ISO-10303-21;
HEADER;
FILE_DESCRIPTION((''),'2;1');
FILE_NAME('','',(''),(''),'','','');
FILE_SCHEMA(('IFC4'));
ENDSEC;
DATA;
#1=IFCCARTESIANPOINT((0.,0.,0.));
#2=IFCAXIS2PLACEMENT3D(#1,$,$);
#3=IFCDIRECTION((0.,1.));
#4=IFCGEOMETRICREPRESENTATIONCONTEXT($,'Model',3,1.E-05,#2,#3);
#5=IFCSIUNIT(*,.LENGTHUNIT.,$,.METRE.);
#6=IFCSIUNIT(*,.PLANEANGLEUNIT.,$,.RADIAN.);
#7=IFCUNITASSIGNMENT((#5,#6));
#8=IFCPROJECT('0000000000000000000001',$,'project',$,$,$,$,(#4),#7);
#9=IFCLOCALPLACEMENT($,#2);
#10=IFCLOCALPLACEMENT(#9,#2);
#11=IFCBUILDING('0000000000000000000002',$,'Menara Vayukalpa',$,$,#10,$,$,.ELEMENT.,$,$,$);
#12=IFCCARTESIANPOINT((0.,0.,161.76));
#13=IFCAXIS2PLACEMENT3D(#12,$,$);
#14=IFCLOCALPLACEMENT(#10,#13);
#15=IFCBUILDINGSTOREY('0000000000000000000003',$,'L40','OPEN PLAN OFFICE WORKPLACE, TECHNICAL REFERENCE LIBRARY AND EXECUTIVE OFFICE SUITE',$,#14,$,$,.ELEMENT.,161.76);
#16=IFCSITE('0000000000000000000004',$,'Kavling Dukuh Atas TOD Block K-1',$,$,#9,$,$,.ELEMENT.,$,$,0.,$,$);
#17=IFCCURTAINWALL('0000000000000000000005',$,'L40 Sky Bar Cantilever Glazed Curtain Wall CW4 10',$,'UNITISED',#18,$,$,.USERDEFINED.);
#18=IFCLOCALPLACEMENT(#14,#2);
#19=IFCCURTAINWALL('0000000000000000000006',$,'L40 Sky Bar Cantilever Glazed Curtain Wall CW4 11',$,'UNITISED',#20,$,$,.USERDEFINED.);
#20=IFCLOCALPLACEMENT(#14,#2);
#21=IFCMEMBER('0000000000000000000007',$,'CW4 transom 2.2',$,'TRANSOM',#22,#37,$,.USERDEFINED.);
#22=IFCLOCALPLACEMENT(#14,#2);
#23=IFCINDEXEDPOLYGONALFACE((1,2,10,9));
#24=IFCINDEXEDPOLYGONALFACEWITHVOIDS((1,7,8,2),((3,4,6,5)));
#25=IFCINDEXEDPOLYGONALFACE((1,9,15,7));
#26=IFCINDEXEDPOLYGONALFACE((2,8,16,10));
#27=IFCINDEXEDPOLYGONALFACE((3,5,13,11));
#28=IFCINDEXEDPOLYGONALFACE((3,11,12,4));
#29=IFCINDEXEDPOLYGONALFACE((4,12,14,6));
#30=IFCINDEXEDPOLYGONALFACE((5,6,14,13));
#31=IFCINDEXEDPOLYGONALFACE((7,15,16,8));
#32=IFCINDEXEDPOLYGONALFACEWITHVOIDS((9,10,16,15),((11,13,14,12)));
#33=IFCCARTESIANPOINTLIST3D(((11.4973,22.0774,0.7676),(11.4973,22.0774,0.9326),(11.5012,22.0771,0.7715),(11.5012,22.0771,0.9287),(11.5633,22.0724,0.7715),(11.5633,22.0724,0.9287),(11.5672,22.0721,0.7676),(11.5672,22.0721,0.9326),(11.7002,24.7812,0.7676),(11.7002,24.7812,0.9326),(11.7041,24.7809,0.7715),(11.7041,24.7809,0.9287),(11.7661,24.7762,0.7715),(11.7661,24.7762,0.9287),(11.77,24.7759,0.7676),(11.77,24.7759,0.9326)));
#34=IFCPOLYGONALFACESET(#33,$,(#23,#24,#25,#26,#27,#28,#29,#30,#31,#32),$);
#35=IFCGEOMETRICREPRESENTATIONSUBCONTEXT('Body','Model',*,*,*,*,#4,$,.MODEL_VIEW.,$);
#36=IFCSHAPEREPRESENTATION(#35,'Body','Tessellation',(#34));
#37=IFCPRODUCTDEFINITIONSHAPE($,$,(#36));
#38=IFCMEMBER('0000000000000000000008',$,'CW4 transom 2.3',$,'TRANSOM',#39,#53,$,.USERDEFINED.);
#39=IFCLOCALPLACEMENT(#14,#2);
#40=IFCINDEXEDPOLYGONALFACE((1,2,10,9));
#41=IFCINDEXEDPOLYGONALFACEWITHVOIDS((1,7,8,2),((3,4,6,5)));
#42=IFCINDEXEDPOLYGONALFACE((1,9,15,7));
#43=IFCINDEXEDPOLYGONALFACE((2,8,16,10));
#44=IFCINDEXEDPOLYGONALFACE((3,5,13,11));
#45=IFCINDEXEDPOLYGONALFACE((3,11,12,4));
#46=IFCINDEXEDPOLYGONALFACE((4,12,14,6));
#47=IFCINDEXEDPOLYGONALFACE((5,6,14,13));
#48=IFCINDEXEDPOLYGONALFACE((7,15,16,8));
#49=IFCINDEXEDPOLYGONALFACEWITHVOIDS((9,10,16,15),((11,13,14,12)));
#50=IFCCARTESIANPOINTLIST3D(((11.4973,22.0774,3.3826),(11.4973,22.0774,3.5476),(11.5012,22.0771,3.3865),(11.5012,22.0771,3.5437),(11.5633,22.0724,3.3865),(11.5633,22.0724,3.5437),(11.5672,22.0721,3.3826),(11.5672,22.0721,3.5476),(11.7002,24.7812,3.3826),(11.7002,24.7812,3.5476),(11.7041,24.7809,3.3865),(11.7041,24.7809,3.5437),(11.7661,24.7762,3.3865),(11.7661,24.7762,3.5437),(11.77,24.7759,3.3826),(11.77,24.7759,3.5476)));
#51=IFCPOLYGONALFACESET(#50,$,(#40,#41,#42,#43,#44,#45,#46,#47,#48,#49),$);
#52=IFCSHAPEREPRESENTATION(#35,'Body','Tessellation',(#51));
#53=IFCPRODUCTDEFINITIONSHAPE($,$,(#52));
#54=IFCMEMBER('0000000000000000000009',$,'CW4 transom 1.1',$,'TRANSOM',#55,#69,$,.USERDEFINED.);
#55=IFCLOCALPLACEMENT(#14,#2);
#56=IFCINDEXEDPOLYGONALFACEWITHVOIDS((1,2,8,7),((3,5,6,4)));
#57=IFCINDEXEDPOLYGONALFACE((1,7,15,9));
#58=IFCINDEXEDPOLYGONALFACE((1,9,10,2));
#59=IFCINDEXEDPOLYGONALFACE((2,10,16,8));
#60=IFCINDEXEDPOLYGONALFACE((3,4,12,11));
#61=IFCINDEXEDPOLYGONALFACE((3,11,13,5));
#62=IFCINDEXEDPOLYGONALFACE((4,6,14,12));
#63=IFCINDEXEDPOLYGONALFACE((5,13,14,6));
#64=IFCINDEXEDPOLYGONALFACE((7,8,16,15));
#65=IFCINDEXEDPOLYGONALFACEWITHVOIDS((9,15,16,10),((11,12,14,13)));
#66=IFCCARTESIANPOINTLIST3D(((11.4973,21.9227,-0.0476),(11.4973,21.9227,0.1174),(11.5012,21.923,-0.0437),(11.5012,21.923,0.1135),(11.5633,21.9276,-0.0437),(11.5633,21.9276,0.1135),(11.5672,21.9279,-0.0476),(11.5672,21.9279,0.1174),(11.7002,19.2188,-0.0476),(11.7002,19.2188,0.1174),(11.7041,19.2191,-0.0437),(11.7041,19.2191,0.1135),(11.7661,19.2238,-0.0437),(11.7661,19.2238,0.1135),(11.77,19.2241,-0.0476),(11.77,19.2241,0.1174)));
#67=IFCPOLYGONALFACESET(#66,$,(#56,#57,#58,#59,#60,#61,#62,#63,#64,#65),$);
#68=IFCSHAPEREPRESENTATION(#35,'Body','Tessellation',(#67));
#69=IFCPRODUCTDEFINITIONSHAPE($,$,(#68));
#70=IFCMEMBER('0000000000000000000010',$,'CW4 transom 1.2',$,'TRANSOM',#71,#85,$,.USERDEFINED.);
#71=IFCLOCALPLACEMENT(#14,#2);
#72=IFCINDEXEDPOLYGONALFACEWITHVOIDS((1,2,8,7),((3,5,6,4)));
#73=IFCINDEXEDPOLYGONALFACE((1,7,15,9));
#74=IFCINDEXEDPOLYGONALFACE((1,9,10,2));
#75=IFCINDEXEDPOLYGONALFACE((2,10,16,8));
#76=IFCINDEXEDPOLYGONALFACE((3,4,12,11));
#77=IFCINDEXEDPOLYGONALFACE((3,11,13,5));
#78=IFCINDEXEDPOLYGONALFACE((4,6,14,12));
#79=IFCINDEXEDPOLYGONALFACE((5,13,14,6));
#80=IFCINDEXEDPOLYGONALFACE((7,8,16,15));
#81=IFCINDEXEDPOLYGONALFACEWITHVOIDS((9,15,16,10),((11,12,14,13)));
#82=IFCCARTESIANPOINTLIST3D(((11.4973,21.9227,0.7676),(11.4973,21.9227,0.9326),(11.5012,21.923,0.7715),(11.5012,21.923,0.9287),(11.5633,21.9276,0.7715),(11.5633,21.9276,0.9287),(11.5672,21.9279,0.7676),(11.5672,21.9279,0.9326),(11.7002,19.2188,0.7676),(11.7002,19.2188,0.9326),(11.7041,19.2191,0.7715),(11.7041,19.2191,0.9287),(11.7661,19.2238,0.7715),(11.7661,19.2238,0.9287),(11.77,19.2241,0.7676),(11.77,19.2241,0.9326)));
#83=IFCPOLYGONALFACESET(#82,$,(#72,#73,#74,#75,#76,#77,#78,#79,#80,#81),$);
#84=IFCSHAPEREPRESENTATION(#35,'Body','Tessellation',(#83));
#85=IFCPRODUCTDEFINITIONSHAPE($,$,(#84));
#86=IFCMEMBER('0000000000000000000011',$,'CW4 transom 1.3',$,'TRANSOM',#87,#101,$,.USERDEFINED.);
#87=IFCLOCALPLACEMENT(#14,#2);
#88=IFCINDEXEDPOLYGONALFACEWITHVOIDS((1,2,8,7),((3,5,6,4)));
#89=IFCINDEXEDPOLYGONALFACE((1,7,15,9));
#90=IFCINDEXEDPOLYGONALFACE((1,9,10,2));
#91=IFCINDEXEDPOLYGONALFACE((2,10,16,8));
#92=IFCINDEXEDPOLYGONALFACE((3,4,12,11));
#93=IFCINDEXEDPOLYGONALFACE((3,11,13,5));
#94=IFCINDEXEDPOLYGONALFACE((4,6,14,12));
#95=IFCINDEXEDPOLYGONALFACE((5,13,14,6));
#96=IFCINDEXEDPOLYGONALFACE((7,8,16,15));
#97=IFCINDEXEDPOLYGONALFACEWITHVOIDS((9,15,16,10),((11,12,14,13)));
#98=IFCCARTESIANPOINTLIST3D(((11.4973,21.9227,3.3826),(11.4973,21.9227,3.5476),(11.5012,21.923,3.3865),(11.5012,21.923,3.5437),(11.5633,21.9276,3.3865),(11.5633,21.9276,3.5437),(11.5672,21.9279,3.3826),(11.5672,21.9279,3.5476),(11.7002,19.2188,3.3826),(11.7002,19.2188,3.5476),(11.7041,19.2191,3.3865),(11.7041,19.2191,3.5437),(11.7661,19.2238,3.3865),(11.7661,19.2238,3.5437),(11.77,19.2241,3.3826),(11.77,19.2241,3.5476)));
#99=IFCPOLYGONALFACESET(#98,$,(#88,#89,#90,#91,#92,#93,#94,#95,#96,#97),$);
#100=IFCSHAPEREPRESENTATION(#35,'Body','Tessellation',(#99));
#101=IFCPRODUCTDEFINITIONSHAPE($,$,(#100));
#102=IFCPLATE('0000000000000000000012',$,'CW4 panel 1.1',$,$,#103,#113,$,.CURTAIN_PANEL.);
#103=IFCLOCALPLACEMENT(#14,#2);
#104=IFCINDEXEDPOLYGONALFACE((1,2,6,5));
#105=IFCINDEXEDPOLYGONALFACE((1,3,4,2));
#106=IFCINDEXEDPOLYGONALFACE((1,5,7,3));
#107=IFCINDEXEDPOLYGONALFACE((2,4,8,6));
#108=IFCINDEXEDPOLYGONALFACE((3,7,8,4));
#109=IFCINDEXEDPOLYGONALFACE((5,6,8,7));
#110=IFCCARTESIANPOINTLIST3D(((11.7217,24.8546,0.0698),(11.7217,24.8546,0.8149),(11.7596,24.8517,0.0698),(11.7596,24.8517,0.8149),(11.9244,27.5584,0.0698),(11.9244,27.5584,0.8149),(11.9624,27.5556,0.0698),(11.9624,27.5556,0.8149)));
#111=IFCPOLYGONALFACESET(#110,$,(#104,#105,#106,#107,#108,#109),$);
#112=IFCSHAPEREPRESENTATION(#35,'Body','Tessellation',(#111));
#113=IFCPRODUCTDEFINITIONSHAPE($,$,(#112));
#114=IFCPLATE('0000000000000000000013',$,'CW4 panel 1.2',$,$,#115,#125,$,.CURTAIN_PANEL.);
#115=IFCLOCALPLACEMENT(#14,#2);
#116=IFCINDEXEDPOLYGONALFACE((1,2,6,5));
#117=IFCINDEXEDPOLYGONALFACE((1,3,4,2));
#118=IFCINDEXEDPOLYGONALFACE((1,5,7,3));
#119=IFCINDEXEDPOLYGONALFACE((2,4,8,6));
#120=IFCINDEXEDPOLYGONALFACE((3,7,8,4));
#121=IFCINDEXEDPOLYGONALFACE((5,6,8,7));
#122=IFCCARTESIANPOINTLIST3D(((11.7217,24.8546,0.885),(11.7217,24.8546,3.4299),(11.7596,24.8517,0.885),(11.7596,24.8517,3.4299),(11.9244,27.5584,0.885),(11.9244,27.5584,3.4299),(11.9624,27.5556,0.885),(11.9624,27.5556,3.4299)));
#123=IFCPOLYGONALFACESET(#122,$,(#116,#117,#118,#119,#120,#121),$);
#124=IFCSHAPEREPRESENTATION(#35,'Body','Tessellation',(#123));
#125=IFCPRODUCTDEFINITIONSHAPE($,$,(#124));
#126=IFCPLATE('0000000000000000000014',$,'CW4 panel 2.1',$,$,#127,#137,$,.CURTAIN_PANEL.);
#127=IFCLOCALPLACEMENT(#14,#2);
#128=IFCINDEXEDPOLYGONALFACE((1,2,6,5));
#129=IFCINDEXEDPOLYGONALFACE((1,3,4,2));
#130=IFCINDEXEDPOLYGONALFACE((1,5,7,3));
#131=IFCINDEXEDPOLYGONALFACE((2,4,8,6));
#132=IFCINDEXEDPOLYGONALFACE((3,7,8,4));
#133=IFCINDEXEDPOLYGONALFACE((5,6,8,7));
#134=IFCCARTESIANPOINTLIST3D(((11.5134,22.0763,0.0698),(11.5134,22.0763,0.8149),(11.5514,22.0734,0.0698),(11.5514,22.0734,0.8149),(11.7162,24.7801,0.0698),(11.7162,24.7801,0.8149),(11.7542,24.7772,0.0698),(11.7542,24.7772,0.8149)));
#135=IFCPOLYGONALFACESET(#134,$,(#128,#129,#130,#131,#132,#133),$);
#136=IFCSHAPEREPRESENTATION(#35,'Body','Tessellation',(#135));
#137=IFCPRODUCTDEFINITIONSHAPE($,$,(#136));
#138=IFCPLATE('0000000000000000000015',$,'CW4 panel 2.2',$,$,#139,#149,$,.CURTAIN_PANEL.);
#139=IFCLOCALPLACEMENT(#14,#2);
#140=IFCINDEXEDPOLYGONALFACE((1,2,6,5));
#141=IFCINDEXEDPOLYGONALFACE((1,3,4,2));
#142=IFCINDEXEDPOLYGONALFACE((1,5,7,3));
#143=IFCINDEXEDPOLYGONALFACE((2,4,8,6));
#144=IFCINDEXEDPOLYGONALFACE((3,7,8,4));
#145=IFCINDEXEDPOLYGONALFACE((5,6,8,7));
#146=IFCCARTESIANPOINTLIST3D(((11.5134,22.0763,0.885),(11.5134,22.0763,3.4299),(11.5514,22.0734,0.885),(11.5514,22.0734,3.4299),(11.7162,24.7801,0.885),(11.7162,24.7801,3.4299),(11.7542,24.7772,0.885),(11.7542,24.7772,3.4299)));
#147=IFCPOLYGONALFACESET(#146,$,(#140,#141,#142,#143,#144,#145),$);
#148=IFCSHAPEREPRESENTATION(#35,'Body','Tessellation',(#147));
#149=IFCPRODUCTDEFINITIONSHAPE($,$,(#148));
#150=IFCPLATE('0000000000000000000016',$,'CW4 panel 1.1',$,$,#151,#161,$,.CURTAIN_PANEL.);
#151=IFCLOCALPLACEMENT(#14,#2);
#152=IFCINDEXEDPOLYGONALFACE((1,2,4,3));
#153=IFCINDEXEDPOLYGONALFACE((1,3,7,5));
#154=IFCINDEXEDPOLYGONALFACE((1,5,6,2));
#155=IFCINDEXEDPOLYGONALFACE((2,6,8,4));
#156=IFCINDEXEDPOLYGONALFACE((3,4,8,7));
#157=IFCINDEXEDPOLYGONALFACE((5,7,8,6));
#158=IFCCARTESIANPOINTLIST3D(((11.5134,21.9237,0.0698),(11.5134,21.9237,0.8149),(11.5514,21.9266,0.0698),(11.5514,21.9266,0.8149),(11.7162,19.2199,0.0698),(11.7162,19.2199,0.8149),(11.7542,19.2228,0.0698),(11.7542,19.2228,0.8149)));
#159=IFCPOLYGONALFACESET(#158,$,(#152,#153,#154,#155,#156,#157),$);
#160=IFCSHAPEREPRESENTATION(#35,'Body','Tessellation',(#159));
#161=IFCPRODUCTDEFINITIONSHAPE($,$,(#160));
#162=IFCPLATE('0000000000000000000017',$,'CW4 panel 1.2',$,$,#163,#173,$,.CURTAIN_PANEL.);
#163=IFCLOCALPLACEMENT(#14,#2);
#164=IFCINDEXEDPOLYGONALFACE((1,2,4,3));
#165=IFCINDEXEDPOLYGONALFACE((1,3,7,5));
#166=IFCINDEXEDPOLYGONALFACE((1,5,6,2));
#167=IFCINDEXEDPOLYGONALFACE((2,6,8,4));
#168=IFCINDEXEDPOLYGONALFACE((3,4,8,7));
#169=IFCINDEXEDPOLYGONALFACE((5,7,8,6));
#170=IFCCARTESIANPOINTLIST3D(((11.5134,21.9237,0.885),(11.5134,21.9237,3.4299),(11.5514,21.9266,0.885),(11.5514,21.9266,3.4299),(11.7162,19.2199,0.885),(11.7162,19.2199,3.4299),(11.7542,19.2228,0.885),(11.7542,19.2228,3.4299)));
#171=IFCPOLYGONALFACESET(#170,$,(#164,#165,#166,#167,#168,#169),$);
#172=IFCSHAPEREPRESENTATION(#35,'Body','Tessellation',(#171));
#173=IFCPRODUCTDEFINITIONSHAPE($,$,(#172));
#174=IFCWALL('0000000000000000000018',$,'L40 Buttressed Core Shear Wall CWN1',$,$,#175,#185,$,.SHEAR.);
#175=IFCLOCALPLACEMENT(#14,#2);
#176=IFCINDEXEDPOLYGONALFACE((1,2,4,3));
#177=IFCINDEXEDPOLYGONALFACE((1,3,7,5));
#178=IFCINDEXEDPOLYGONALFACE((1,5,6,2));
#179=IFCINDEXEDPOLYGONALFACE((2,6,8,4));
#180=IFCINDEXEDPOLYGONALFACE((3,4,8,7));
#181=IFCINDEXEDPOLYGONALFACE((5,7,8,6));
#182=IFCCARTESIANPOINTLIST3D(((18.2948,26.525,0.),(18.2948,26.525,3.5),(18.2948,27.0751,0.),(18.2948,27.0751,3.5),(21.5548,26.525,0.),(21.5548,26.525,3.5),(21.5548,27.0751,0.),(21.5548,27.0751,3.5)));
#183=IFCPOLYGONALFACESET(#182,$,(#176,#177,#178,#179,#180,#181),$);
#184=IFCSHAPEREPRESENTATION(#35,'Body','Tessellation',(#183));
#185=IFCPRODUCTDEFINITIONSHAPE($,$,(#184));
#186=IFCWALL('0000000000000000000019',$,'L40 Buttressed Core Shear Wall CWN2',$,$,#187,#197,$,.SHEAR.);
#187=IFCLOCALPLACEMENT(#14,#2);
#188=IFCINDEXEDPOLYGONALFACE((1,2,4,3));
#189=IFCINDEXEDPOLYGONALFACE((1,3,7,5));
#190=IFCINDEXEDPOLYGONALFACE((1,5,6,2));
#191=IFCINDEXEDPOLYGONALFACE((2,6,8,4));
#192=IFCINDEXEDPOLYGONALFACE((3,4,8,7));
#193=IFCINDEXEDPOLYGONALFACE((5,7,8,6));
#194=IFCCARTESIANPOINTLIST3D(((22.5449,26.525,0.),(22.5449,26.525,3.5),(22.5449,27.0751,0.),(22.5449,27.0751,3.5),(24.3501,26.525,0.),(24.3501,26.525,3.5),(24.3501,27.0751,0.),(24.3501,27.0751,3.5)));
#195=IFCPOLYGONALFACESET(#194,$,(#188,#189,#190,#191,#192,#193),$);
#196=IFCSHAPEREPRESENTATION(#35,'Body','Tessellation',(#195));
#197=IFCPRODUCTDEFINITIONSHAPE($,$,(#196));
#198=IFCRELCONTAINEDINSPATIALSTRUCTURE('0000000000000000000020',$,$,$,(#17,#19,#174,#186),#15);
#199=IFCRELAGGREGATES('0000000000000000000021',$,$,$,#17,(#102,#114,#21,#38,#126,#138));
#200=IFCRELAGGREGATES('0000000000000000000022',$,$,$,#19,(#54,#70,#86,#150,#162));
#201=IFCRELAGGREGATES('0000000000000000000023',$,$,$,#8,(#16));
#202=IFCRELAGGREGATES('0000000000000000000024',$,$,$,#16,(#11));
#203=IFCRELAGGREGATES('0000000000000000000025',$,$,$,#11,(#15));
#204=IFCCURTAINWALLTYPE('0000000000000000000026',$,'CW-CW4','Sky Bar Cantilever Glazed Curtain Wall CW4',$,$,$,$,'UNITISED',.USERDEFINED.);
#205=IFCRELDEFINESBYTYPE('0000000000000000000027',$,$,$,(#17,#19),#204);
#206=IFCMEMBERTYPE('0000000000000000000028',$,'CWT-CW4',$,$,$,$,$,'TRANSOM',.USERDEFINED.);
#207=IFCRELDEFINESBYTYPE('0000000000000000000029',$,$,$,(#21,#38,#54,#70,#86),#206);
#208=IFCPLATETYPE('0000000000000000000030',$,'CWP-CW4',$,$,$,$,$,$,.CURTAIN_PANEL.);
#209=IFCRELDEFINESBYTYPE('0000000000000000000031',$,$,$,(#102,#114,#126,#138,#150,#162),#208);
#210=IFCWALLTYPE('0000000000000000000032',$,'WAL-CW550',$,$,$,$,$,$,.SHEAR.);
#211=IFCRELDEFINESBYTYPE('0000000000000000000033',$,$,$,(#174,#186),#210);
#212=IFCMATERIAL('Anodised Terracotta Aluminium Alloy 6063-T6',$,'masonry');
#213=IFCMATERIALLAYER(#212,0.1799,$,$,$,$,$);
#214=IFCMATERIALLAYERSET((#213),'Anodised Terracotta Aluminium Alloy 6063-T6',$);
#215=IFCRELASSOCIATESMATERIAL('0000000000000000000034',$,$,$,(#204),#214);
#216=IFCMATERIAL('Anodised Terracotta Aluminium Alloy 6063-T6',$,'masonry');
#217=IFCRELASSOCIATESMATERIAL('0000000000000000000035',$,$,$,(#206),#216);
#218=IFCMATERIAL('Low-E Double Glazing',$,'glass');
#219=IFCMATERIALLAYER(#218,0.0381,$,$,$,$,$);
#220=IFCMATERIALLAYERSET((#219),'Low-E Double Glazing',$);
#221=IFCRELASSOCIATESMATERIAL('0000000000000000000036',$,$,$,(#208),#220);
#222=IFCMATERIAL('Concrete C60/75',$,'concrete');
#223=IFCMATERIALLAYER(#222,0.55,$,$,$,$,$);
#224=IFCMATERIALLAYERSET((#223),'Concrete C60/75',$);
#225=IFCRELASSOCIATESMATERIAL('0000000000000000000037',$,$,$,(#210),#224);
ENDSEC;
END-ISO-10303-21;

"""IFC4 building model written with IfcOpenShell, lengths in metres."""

from ifc_helpers import new_model, si_unit, direction, frame, frame_2d, origin, origin_2d, place, context, subcontext, project, spatial, rectangle, hollow_rectangle, extrude, material, layer, layer_set, material_profile, profile_set, type_object, element, aggregate, save


model = new_model("IFC4")

# Units and contexts
model_context = context("Model", 3, precision=1e-05, world=origin(), true_north=direction((0.0, 1.0)))
body_context = subcontext(model_context, "Body", "Model", "MODEL_VIEW")
ifc_project = project(units=[si_unit("LENGTHUNIT", "METRE"), si_unit("PLANEANGLEUNIT", "RADIAN")], contexts=[model_context])

# Site, building, storey
site_placement = place(None, origin())
site = spatial("IfcSite", under=ifc_project, at=site_placement, Name="Kavling Dukuh Atas TOD Block K-1", CompositionType="ELEMENT", RefElevation=0.0)
building_placement = place(site_placement, origin())
building = spatial("IfcBuilding", under=site, at=building_placement, Name="Menara Vayukalpa", CompositionType="ELEMENT")
storey_placement = place(building_placement, frame((0.0, 0.0, 161.76)))
storey = spatial("IfcBuildingStorey", under=building, at=storey_placement, Name="L40", Description="OPEN PLAN OFFICE WORKPLACE, TECHNICAL REFERENCE LIBRARY AND EXECUTIVE OFFICE SUITE", CompositionType="ELEMENT", Elevation=161.76)

# Curtain wall
ifc_material_1 = material(Name="Anodised Terracotta Aluminium Alloy 6063-T6", Category="masonry")
ifc_layer_1 = layer(ifc_material_1, 0.1799)
ifc_layer_set_1 = layer_set([ifc_layer_1], Name="Anodised Terracotta Aluminium Alloy 6063-T6")
curtain_wall_type = type_object("IfcCurtainWallType", Name="CW-CW4", Description="Sky Bar Cantilever Glazed Curtain Wall CW4", ElementType="UNITISED", PredefinedType="USERDEFINED", material=ifc_layer_set_1)
curtain_wall_1_placement = place(storey_placement, origin())
curtain_wall_1 = element("IfcCurtainWall", 1, at=curtain_wall_1_placement, inside=storey, type_object=curtain_wall_type, Name="L40 Sky Bar Cantilever Glazed Curtain Wall CW4 10", ObjectType="UNITISED", PredefinedType="USERDEFINED")

# Curtain wall
curtain_wall_2_placement = place(storey_placement, origin())
curtain_wall_2 = element("IfcCurtainWall", 2, at=curtain_wall_2_placement, inside=storey, type_object=curtain_wall_type, Name="L40 Sky Bar Cantilever Glazed Curtain Wall CW4 11", ObjectType="UNITISED", PredefinedType="USERDEFINED")

# Members
ifc_material_2 = material(Name="Anodised Terracotta Aluminium Alloy 6063-T6", Category="masonry")
ifc_material_profile_1 = material_profile(ifc_material_2, hollow_rectangle(XDim=0.0701, YDim=0.165, WallThickness=0.0039, at=origin_2d()), Name="ALU 70x165x4")
ifc_profile_set_1 = profile_set([ifc_material_profile_1], Name="Anodised Terracotta Aluminium Alloy 6063-T6")
member_type_1 = type_object("IfcMemberType", Name="CWT-CW4", ElementType="TRANSOM", PredefinedType="USERDEFINED", material=ifc_profile_set_1)
member_1_placement = place(storey_placement, frame((11.7351, 24.7786, 0.8501), z_axis=(-0.074824, -0.997197, 0.0), x_axis=(0.997197, -0.074824, 0.0)))
member_1 = element("IfcMember", 3, at=member_1_placement, type_object=member_type_1, Name="CW4 transom 2.2", ObjectType="TRANSOM", PredefinedType="USERDEFINED", context=body_context, shape_type="SweptSolid", body=[
    extrude(hollow_rectangle(XDim=0.0701, YDim=0.165, WallThickness=0.0039, at=origin_2d()), origin(), (0.0, 0.0, 1.0), 2.7114),
])
member_2_placement = place(storey_placement, frame((11.7351, 24.7786, 3.4651), z_axis=(-0.074824, -0.997197, 0.0), x_axis=(0.997197, -0.074824, 0.0)))
member_2 = element("IfcMember", 4, at=member_2_placement, type_object=member_type_1, Name="CW4 transom 2.3", ObjectType="TRANSOM", PredefinedType="USERDEFINED", context=body_context, shape_type="SweptSolid", body=[
    extrude(hollow_rectangle(XDim=0.0701, YDim=0.165, WallThickness=0.0039, at=origin_2d()), origin(), (0.0, 0.0, 1.0), 2.7114),
])
member_3_placement = place(storey_placement, frame((11.5322, 21.9253, 0.0349), z_axis=(0.074824, -0.997197, 0.0), x_axis=(0.997197, 0.074824, 0.0)))
member_3 = element("IfcMember", 5, at=member_3_placement, type_object=member_type_1, Name="CW4 transom 1.1", ObjectType="TRANSOM", PredefinedType="USERDEFINED", context=body_context, shape_type="SweptSolid", body=[
    extrude(hollow_rectangle(XDim=0.0701, YDim=0.165, WallThickness=0.0039, at=origin_2d()), origin(), (0.0, 0.0, 1.0), 2.7114),
])
member_4_placement = place(storey_placement, frame((11.5322, 21.9253, 0.8501), z_axis=(0.074824, -0.997197, 0.0), x_axis=(0.997197, 0.074824, 0.0)))
member_4 = element("IfcMember", 6, at=member_4_placement, type_object=member_type_1, Name="CW4 transom 1.2", ObjectType="TRANSOM", PredefinedType="USERDEFINED", context=body_context, shape_type="SweptSolid", body=[
    extrude(hollow_rectangle(XDim=0.0701, YDim=0.165, WallThickness=0.0039, at=origin_2d()), origin(), (0.0, 0.0, 1.0), 2.7114),
])
member_5_placement = place(storey_placement, frame((11.5322, 21.9253, 3.4651), z_axis=(0.074824, -0.997197, 0.0), x_axis=(0.997197, 0.074824, 0.0)))
member_5 = element("IfcMember", 7, at=member_5_placement, type_object=member_type_1, Name="CW4 transom 1.3", ObjectType="TRANSOM", PredefinedType="USERDEFINED", context=body_context, shape_type="SweptSolid", body=[
    extrude(hollow_rectangle(XDim=0.0701, YDim=0.165, WallThickness=0.0039, at=origin_2d()), origin(), (0.0, 0.0, 1.0), 2.7114),
])

# Plates
ifc_material_3 = material(Name="Low-E Double Glazing", Category="glass")
ifc_layer_2 = layer(ifc_material_3, 0.0381)
ifc_layer_set_2 = layer_set([ifc_layer_2], Name="Low-E Double Glazing")
plate_type = type_object("IfcPlateType", Name="CWP-CW4", PredefinedType="CURTAIN_PANEL", material=ifc_layer_set_2)
plate_1_placement = place(storey_placement, frame((11.842, 26.2051, 0.0698), z_axis=(0.0, 0.0, 1.0), x_axis=(-0.074793, -0.997199, 0.0)))
plate_1 = element("IfcPlate", 8, at=plate_1_placement, type_object=plate_type, Name="CW4 panel 1.1", PredefinedType="CURTAIN_PANEL", context=body_context, shape_type="SweptSolid", body=[
    extrude(rectangle(XDim=2.7114, YDim=0.0381, at=origin_2d()), origin(), (0.0, 0.0, 1.0), 0.7451),
])
plate_2_placement = place(storey_placement, frame((11.842, 26.2051, 0.885), z_axis=(0.0, 0.0, 1.0), x_axis=(-0.074793, -0.997199, 0.0)))
plate_2 = element("IfcPlate", 9, at=plate_2_placement, type_object=plate_type, Name="CW4 panel 1.2", PredefinedType="CURTAIN_PANEL", context=body_context, shape_type="SweptSolid", body=[
    extrude(rectangle(XDim=2.7114, YDim=0.0381, at=origin_2d()), origin(), (0.0, 0.0, 1.0), 2.5449),
])
plate_3_placement = place(storey_placement, frame((11.6338, 23.4268, 0.0698), z_axis=(0.0, 0.0, 1.0), x_axis=(-0.074793, -0.997199, 0.0)))
plate_3 = element("IfcPlate", 10, at=plate_3_placement, type_object=plate_type, Name="CW4 panel 2.1", PredefinedType="CURTAIN_PANEL", context=body_context, shape_type="SweptSolid", body=[
    extrude(rectangle(XDim=2.7114, YDim=0.0381, at=origin_2d()), origin(), (0.0, 0.0, 1.0), 0.7451),
])
plate_4_placement = place(storey_placement, frame((11.6338, 23.4268, 0.885), z_axis=(0.0, 0.0, 1.0), x_axis=(-0.074793, -0.997199, 0.0)))
plate_4 = element("IfcPlate", 11, at=plate_4_placement, type_object=plate_type, Name="CW4 panel 2.2", PredefinedType="CURTAIN_PANEL", context=body_context, shape_type="SweptSolid", body=[
    extrude(rectangle(XDim=2.7114, YDim=0.0381, at=origin_2d()), origin(), (0.0, 0.0, 1.0), 2.5449),
])
aggregate(curtain_wall_1, [plate_1, plate_2, member_1, member_2, plate_3, plate_4])
plate_5_placement = place(storey_placement, frame((11.6338, 20.5732, 0.0698), z_axis=(0.0, 0.0, 1.0), x_axis=(0.074793, -0.997199, 0.0)))
plate_5 = element("IfcPlate", 12, at=plate_5_placement, type_object=plate_type, Name="CW4 panel 1.1", PredefinedType="CURTAIN_PANEL", context=body_context, shape_type="SweptSolid", body=[
    extrude(rectangle(XDim=2.7114, YDim=0.0381, at=origin_2d()), origin(), (0.0, 0.0, 1.0), 0.7451),
])
plate_6_placement = place(storey_placement, frame((11.6338, 20.5732, 0.885), z_axis=(0.0, 0.0, 1.0), x_axis=(0.074793, -0.997199, 0.0)))
plate_6 = element("IfcPlate", 13, at=plate_6_placement, type_object=plate_type, Name="CW4 panel 1.2", PredefinedType="CURTAIN_PANEL", context=body_context, shape_type="SweptSolid", body=[
    extrude(rectangle(XDim=2.7114, YDim=0.0381, at=origin_2d()), origin(), (0.0, 0.0, 1.0), 2.5449),
])
aggregate(curtain_wall_2, [member_3, member_4, member_5, plate_5, plate_6])

# Walls
ifc_material_4 = material(Name="Concrete C60/75", Category="concrete")
ifc_layer_3 = layer(ifc_material_4, 0.55)
ifc_layer_set_3 = layer_set([ifc_layer_3], Name="Concrete C60/75")
wall_type_1 = type_object("IfcWallType", Name="WAL-CW550", PredefinedType="SHEAR", material=ifc_layer_set_3)
wall_1_placement = place(storey_placement, frame((18.2949, 26.8, 0.0), z_axis=(0.0, 0.0, 1.0), x_axis=(1.0, 0.0, 0.0)))
element("IfcWall", 14, at=wall_1_placement, inside=storey, type_object=wall_type_1, Name="L40 Buttressed Core Shear Wall CWN1", PredefinedType="SHEAR", context=body_context, shape_type="SweptSolid", body=[
    extrude(rectangle(XDim=3.26, YDim=0.55, at=frame_2d((1.6299, 0.0))), origin(), (0.0, 0.0, 1.0), 3.5),
])
wall_2_placement = place(storey_placement, frame((22.5449, 26.8, 0.0), z_axis=(0.0, 0.0, 1.0), x_axis=(1.0, 0.0, 0.0)))
element("IfcWall", 15, at=wall_2_placement, inside=storey, type_object=wall_type_1, Name="L40 Buttressed Core Shear Wall CWN2", PredefinedType="SHEAR", context=body_context, shape_type="SweptSolid", body=[
    extrude(rectangle(XDim=1.8052, YDim=0.55, at=frame_2d((0.9026, 0.0))), origin(), (0.0, 0.0, 1.0), 3.5),
])

save(model, "model.ifc")
